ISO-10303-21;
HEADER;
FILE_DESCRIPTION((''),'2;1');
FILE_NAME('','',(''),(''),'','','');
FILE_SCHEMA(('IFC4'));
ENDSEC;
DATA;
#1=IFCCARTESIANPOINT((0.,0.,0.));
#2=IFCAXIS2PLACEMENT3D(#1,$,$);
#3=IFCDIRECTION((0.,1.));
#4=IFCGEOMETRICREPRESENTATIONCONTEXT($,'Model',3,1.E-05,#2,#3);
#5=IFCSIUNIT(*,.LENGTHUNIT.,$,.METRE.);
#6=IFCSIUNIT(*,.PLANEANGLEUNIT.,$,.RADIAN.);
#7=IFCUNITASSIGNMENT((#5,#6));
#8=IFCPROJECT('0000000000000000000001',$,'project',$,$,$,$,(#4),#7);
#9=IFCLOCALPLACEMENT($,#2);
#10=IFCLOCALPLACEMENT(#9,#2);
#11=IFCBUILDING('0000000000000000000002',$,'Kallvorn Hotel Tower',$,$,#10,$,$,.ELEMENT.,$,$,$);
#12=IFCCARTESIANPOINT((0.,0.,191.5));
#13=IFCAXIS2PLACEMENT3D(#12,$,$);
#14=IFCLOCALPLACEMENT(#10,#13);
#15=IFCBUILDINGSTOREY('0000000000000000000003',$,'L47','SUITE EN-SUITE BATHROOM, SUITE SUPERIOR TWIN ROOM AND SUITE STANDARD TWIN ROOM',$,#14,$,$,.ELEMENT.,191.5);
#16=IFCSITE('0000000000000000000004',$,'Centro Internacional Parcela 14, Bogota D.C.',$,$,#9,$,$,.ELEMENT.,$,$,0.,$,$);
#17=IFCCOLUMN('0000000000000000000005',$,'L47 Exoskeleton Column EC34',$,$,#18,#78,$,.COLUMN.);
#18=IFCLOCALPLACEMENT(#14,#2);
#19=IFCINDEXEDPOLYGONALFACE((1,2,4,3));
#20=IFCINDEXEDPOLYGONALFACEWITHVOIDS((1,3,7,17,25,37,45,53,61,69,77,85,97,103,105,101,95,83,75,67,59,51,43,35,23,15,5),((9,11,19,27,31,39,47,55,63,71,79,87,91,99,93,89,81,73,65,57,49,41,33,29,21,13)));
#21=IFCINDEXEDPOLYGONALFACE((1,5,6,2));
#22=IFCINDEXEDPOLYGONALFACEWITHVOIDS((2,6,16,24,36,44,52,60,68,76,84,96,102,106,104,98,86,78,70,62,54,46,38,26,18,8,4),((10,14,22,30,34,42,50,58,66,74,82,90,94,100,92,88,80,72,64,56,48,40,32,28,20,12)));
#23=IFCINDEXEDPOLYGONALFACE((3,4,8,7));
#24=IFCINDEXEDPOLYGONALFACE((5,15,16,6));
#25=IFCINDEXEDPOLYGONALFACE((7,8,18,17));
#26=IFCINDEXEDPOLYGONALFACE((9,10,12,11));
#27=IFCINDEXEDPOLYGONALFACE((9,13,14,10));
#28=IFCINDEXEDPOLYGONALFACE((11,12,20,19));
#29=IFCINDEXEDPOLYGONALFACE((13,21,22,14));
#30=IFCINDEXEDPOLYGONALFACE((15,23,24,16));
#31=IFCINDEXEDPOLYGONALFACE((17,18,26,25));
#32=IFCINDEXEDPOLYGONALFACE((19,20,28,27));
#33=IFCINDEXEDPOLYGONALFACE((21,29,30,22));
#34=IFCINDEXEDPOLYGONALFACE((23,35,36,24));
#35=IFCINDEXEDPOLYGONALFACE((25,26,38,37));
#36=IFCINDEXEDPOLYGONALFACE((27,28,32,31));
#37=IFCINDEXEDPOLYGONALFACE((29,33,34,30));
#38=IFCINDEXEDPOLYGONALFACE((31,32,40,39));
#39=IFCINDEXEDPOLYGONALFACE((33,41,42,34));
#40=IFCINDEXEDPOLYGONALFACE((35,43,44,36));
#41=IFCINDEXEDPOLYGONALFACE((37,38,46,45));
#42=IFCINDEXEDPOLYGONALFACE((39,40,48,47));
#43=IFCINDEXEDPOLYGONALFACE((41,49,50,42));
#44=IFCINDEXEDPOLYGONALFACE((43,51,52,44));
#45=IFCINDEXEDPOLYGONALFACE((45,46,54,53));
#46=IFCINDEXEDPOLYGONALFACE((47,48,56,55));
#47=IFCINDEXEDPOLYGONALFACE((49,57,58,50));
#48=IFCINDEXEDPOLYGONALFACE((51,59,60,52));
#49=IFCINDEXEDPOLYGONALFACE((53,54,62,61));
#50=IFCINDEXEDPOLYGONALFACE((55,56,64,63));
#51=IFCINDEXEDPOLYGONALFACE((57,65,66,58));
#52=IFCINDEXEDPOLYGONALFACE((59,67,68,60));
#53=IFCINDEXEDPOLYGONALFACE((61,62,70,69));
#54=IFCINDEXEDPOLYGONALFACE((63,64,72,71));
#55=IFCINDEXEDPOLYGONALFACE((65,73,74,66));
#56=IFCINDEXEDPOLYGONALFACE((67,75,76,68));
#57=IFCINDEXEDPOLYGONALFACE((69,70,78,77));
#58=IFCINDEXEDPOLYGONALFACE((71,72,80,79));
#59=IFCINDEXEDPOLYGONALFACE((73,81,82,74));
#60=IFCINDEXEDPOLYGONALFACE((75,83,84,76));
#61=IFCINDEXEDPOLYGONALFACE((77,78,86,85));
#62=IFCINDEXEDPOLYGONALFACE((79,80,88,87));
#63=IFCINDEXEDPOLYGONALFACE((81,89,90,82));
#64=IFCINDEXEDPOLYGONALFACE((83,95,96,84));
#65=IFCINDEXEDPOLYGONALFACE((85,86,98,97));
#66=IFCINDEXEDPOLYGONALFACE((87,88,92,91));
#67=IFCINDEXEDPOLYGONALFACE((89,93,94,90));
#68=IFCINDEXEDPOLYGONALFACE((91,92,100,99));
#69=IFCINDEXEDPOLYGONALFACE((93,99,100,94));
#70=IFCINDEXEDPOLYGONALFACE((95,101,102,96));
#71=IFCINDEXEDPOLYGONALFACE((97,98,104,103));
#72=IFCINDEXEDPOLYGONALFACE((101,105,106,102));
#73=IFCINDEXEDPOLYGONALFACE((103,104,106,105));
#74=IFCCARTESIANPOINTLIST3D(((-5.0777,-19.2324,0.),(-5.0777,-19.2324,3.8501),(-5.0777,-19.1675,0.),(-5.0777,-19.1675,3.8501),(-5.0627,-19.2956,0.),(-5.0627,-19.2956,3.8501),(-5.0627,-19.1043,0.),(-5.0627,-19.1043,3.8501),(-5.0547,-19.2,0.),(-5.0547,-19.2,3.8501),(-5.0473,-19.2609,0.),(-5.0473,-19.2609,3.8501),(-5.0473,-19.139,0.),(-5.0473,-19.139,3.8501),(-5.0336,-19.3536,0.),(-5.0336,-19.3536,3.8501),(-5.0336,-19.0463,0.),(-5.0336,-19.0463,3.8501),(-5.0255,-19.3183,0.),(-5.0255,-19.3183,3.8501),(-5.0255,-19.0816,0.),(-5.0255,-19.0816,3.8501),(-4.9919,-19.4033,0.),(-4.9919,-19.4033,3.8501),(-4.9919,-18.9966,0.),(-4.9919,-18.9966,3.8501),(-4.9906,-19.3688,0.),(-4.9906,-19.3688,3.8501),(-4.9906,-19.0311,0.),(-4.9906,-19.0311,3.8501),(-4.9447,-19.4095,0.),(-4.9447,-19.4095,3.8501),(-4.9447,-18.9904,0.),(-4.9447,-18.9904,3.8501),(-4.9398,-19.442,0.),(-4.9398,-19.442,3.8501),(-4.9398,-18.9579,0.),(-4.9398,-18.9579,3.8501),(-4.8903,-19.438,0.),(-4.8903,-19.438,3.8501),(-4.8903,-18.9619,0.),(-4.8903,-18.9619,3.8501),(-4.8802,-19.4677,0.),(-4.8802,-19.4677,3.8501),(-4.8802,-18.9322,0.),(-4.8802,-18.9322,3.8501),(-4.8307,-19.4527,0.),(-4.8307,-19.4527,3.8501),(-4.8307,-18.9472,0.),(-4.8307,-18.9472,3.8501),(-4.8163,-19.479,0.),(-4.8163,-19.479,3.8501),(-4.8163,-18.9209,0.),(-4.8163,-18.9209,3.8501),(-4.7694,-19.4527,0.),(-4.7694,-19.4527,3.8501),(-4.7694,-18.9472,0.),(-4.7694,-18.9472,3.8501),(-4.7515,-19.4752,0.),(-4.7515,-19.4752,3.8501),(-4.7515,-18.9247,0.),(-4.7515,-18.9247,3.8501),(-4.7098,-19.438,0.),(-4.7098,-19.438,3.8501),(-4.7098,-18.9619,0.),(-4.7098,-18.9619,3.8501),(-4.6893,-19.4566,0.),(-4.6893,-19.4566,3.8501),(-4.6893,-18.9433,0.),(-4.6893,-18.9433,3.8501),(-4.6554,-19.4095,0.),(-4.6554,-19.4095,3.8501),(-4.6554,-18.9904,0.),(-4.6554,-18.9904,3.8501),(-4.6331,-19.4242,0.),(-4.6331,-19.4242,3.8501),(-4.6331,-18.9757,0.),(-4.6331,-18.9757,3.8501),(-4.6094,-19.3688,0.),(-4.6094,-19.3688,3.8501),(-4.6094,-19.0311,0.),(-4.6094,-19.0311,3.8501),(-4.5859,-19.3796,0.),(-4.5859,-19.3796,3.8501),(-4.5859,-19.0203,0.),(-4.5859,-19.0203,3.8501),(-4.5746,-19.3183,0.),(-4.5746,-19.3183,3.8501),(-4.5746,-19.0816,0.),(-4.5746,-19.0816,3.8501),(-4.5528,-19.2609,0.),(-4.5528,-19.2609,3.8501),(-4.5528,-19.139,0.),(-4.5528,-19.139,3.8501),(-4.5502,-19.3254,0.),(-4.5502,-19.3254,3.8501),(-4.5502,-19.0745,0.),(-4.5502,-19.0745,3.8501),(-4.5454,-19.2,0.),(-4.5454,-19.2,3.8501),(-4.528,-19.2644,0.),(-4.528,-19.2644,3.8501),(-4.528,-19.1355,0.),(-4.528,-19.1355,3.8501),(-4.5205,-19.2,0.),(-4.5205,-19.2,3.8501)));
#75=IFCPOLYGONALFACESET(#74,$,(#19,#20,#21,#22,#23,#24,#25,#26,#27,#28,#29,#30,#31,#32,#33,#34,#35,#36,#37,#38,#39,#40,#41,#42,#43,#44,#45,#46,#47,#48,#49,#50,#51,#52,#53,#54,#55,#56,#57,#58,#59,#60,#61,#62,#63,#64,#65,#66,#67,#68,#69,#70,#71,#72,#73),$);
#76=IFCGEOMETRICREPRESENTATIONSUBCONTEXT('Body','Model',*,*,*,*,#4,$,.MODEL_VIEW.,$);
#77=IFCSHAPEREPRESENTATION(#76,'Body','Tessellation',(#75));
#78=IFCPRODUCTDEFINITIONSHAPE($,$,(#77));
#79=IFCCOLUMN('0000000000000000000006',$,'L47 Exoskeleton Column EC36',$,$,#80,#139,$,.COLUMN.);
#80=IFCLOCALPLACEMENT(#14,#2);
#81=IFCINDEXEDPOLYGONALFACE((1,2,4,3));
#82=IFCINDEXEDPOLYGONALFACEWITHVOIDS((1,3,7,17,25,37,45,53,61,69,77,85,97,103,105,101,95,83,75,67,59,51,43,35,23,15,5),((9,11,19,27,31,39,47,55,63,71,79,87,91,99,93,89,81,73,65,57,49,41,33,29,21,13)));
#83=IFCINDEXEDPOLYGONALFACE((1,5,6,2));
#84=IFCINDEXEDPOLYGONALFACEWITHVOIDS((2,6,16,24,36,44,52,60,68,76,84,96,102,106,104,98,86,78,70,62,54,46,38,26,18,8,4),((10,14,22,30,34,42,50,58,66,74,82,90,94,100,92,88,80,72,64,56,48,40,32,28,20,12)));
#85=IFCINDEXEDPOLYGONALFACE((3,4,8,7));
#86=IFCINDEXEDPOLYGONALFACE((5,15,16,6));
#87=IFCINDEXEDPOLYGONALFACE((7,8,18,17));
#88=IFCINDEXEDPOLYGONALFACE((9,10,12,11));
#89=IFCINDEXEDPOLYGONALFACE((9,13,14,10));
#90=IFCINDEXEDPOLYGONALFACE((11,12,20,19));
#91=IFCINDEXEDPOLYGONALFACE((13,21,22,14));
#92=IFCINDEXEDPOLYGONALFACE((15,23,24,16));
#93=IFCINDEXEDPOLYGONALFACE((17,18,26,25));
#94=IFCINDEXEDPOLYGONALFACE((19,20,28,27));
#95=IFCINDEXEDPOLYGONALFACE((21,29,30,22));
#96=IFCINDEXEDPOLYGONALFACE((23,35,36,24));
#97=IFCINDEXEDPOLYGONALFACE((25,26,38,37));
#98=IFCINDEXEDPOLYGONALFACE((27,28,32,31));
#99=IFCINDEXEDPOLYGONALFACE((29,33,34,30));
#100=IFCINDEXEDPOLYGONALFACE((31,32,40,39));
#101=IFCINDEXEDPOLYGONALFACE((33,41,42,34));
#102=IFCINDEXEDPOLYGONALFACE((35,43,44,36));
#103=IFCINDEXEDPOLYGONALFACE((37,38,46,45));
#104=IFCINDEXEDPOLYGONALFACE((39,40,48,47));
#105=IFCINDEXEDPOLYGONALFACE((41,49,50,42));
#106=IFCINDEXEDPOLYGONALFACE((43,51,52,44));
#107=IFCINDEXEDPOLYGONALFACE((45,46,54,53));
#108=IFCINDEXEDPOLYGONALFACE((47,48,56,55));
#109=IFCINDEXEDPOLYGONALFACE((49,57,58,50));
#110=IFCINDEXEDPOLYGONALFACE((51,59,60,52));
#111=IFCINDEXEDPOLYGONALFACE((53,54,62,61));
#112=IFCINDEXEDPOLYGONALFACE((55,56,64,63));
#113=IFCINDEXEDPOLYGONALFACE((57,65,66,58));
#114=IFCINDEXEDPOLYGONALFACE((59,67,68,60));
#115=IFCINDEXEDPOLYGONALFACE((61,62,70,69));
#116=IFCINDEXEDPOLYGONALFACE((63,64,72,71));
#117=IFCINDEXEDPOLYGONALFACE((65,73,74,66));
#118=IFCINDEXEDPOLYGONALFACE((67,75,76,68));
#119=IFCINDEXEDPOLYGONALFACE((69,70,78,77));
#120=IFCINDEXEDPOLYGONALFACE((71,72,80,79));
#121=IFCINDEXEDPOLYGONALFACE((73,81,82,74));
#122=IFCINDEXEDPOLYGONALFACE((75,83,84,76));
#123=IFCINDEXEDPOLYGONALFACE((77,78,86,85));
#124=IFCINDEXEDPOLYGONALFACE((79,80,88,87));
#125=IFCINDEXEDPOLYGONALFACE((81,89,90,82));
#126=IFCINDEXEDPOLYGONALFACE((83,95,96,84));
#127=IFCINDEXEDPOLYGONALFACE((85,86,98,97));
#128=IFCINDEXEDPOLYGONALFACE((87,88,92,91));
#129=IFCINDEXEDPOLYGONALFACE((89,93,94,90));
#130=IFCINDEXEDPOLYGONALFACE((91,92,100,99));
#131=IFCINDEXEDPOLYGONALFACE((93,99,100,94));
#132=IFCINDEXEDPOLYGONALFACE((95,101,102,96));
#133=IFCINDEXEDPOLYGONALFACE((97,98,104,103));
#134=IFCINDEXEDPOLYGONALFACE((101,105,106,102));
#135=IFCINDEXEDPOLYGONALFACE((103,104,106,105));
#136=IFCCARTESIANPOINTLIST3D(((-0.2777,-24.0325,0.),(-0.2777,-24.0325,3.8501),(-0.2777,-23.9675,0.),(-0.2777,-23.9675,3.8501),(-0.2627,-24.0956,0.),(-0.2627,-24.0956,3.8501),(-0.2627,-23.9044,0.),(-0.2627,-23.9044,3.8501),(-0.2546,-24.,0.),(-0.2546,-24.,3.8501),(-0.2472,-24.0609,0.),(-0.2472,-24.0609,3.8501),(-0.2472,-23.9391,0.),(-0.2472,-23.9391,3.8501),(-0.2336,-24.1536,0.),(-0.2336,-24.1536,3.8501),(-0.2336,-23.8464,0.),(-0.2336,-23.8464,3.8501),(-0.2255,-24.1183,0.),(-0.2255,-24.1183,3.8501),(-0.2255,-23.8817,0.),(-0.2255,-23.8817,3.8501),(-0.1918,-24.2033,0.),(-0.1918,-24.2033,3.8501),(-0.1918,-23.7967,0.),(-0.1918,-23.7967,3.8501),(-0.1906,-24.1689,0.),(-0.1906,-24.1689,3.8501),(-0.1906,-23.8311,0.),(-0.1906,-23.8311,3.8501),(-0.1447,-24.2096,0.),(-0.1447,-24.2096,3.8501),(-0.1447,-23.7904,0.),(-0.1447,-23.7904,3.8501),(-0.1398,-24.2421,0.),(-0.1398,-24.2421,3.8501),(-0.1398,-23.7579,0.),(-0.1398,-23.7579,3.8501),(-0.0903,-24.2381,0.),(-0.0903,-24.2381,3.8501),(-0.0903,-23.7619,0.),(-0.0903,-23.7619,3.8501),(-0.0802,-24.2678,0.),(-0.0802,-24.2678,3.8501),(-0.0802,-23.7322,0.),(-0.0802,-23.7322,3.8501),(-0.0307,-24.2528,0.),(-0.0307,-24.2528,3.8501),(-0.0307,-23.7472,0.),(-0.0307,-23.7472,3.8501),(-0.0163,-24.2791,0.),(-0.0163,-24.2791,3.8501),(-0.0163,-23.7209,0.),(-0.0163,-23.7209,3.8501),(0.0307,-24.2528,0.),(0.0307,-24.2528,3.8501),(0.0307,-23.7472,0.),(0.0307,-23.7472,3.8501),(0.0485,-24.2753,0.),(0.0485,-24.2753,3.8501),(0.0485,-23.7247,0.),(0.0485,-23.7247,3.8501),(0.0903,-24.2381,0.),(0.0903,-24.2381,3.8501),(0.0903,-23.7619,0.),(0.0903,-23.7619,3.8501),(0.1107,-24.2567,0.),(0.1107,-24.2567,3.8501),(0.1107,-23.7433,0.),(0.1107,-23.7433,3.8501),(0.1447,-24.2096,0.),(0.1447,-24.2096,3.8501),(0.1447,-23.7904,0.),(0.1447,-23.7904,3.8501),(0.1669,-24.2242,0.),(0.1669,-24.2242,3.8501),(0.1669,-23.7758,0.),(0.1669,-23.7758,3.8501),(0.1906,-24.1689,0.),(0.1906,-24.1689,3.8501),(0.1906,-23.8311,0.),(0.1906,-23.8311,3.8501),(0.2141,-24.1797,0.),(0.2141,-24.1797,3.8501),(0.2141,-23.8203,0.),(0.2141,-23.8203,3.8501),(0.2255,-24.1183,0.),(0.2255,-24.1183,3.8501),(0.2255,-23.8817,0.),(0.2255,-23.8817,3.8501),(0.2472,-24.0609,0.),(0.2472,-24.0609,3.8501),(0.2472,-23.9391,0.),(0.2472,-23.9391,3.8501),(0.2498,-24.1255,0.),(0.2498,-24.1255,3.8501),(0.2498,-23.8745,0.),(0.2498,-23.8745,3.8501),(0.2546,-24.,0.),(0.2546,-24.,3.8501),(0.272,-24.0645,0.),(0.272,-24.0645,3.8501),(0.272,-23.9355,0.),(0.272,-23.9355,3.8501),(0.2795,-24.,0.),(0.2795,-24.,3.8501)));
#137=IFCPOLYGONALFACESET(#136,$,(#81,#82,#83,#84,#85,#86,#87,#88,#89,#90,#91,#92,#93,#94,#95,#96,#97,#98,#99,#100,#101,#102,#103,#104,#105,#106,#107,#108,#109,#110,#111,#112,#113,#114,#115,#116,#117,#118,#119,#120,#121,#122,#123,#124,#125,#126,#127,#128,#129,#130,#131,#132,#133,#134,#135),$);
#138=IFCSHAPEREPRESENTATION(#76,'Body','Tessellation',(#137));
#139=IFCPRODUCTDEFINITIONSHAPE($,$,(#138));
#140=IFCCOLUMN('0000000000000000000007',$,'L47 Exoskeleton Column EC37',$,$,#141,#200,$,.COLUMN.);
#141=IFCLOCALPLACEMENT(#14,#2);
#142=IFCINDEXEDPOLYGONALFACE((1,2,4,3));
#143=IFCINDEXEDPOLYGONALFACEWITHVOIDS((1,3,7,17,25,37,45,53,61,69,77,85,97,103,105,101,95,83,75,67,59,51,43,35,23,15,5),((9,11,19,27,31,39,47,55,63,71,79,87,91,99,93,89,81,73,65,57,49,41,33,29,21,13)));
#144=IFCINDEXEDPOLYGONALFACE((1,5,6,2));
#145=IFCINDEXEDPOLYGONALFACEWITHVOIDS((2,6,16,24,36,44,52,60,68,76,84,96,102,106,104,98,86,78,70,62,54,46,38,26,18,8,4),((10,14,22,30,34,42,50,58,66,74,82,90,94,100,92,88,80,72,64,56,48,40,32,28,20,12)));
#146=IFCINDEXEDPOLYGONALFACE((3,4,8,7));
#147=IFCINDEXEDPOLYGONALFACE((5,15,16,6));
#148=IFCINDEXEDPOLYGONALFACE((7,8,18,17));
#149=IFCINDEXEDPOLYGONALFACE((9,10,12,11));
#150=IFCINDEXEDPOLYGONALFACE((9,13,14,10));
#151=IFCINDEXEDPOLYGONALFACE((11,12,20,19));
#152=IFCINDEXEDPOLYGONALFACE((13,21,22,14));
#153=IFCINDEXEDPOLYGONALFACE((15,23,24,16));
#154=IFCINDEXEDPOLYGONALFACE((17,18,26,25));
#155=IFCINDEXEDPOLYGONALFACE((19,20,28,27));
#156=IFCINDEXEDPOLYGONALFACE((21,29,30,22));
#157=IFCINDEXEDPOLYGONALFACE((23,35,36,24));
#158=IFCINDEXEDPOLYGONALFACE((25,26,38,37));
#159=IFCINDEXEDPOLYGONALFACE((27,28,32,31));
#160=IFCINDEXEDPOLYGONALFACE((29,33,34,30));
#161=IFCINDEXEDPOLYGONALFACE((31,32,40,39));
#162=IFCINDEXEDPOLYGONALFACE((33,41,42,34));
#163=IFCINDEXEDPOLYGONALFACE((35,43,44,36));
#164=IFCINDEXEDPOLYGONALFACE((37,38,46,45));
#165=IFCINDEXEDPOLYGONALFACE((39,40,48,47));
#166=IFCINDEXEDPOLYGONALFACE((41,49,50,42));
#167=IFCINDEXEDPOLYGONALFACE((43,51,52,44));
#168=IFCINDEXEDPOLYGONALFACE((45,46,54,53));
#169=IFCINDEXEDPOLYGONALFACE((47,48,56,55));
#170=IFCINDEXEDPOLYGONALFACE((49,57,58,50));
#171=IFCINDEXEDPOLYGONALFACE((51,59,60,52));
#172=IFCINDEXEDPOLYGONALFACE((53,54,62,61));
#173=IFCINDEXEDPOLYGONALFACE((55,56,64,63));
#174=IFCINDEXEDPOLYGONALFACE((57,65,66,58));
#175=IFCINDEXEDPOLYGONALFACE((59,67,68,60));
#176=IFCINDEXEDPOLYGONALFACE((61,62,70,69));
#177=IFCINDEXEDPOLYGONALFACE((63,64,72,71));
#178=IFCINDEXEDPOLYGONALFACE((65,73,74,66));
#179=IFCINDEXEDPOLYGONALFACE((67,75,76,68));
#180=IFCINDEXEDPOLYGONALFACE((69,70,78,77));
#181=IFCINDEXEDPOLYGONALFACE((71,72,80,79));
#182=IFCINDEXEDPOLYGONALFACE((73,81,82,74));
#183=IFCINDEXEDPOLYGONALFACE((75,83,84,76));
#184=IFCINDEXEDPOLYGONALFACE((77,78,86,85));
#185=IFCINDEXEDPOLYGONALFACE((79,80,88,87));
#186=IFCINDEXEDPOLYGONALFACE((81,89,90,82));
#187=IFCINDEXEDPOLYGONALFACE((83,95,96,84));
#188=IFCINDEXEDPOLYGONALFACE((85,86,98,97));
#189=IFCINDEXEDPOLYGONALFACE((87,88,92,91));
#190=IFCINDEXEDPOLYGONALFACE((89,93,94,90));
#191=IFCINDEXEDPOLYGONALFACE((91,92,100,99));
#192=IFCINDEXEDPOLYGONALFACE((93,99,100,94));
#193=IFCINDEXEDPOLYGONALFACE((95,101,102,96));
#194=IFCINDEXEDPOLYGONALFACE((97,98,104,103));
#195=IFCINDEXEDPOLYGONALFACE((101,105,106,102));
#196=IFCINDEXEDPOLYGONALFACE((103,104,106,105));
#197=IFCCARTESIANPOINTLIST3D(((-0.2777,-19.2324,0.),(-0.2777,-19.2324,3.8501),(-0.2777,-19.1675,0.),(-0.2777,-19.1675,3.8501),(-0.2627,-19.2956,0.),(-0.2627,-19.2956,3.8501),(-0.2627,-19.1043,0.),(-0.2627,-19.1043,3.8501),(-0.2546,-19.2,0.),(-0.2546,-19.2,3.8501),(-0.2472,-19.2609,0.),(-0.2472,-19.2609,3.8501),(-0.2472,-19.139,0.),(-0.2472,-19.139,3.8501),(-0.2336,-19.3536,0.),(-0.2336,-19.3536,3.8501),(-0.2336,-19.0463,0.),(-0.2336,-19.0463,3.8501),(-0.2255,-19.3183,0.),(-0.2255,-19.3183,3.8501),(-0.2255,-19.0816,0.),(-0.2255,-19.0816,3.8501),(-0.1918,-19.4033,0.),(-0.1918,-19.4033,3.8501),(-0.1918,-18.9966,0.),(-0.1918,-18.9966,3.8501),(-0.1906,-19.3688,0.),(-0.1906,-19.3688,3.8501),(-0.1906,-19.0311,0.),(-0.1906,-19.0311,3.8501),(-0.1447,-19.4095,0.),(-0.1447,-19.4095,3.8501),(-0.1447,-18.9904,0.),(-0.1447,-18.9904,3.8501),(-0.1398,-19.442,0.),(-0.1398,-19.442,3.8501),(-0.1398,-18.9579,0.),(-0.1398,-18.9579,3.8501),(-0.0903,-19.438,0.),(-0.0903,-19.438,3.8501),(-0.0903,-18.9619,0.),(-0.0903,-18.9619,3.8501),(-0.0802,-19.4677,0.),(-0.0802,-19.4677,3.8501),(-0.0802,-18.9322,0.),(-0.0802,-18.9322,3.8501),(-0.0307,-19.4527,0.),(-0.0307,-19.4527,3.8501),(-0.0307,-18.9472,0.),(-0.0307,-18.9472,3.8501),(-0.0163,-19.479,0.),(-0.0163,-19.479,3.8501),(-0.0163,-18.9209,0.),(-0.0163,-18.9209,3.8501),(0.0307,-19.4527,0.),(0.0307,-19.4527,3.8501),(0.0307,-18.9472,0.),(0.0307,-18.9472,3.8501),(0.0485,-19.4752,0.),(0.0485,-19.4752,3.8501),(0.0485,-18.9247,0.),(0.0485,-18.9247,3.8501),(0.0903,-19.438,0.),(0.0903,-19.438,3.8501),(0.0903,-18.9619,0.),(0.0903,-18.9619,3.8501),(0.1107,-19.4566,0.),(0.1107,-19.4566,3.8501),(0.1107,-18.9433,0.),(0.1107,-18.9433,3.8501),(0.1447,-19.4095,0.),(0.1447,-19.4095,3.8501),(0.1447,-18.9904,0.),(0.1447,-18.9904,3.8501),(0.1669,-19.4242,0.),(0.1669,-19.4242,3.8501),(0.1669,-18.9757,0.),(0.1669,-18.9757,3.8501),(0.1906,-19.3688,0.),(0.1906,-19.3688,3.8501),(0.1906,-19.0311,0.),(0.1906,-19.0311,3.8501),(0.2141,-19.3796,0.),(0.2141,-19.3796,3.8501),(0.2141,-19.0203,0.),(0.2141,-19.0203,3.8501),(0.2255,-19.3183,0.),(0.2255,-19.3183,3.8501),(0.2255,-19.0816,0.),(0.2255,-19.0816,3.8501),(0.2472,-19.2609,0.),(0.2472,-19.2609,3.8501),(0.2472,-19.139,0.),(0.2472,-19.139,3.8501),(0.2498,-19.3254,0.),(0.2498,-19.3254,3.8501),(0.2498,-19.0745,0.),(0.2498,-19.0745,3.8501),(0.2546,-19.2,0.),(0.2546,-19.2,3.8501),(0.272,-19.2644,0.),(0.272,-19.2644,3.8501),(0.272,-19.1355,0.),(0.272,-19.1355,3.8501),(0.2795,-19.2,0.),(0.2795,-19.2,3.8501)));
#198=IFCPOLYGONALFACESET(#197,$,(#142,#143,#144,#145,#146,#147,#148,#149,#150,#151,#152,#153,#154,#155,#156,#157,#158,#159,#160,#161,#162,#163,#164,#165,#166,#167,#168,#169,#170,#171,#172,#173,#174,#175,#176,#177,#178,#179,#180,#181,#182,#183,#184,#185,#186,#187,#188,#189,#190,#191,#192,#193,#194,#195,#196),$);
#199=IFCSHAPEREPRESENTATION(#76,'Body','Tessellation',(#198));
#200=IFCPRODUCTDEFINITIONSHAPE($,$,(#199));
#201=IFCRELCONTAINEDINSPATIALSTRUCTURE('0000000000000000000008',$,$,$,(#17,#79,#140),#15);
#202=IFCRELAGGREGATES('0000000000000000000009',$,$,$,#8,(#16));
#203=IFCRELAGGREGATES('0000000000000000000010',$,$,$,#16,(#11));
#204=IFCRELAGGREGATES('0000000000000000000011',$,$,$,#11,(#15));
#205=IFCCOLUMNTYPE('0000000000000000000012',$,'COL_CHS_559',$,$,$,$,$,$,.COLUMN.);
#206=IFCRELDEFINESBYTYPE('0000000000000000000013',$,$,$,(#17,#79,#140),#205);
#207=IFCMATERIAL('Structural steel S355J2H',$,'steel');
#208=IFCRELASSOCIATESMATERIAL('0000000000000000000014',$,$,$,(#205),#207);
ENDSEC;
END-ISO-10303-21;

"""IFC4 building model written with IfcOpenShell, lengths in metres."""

from ifc_helpers import new_model, si_unit, direction, frame, origin, origin_2d, place, context, subcontext, project, spatial, hollow_circle, extrude, material, material_profile, profile_set, type_object, element, save


model = new_model("IFC4")

# Units and contexts
model_context = context("Model", 3, precision=1e-05, world=origin(), true_north=direction((0.0, 1.0)))
body_context = subcontext(model_context, "Body", "Model", "MODEL_VIEW")
ifc_project = project(units=[si_unit("LENGTHUNIT", "METRE"), si_unit("PLANEANGLEUNIT", "RADIAN")], contexts=[model_context])

# Site, building, storey
site_placement = place(None, origin())
site = spatial("IfcSite", under=ifc_project, at=site_placement, Name="Centro Internacional Parcela 14, Bogota D.C.", CompositionType="ELEMENT", RefElevation=0.0)
building_placement = place(site_placement, origin())
building = spatial("IfcBuilding", under=site, at=building_placement, Name="Kallvorn Hotel Tower", CompositionType="ELEMENT")
storey_placement = place(building_placement, frame((0.0, 0.0, 191.5)))
storey = spatial("IfcBuildingStorey", under=building, at=storey_placement, Name="L47", Description="SUITE EN-SUITE BATHROOM, SUITE SUPERIOR TWIN ROOM AND SUITE STANDARD TWIN ROOM", CompositionType="ELEMENT", Elevation=191.5)

# Columns
ifc_material_1 = material(Name="Structural steel S355J2H", Category="steel")
ifc_material_profile_1 = material_profile(ifc_material_1, hollow_circle(Radius=0.2795, WallThickness=0.0249, at=origin_2d()), Name="CHS 559x25")
ifc_profile_set_1 = profile_set([ifc_material_profile_1], Name="Structural steel S355J2H")
column_type_1 = type_object("IfcColumnType", Name="COL_CHS_559", PredefinedType="COLUMN", material=ifc_profile_set_1)
for number, where, z_axis, x_axis, name in (
    (1, (-4.8, -19.2, 0.0), (0.0, 0.0, 1.0), (1.0, 0.0, 0.0), "L47 Exoskeleton Column EC34"),
    (2, (0.0, -24.0, 0.0), (0.0, 0.0, 1.0), (1.0, 0.0, 0.0), "L47 Exoskeleton Column EC36"),
    (3, (0.0, -19.2, 0.0), (0.0, 0.0, 1.0), (1.0, 0.0, 0.0), "L47 Exoskeleton Column EC37"),
):
    element("IfcColumn", number, at=place(storey_placement, frame(where, z_axis=z_axis, x_axis=x_axis)), inside=storey, type_object=column_type_1, Name=name, PredefinedType="COLUMN", context=body_context, shape_type="SweptSolid", body=[
        extrude(hollow_circle(Radius=0.2795, WallThickness=0.0249, at=origin_2d()), origin(), (0.0, 0.0, 1.0), 3.8501),
    ])

save(model, "model.ifc")
